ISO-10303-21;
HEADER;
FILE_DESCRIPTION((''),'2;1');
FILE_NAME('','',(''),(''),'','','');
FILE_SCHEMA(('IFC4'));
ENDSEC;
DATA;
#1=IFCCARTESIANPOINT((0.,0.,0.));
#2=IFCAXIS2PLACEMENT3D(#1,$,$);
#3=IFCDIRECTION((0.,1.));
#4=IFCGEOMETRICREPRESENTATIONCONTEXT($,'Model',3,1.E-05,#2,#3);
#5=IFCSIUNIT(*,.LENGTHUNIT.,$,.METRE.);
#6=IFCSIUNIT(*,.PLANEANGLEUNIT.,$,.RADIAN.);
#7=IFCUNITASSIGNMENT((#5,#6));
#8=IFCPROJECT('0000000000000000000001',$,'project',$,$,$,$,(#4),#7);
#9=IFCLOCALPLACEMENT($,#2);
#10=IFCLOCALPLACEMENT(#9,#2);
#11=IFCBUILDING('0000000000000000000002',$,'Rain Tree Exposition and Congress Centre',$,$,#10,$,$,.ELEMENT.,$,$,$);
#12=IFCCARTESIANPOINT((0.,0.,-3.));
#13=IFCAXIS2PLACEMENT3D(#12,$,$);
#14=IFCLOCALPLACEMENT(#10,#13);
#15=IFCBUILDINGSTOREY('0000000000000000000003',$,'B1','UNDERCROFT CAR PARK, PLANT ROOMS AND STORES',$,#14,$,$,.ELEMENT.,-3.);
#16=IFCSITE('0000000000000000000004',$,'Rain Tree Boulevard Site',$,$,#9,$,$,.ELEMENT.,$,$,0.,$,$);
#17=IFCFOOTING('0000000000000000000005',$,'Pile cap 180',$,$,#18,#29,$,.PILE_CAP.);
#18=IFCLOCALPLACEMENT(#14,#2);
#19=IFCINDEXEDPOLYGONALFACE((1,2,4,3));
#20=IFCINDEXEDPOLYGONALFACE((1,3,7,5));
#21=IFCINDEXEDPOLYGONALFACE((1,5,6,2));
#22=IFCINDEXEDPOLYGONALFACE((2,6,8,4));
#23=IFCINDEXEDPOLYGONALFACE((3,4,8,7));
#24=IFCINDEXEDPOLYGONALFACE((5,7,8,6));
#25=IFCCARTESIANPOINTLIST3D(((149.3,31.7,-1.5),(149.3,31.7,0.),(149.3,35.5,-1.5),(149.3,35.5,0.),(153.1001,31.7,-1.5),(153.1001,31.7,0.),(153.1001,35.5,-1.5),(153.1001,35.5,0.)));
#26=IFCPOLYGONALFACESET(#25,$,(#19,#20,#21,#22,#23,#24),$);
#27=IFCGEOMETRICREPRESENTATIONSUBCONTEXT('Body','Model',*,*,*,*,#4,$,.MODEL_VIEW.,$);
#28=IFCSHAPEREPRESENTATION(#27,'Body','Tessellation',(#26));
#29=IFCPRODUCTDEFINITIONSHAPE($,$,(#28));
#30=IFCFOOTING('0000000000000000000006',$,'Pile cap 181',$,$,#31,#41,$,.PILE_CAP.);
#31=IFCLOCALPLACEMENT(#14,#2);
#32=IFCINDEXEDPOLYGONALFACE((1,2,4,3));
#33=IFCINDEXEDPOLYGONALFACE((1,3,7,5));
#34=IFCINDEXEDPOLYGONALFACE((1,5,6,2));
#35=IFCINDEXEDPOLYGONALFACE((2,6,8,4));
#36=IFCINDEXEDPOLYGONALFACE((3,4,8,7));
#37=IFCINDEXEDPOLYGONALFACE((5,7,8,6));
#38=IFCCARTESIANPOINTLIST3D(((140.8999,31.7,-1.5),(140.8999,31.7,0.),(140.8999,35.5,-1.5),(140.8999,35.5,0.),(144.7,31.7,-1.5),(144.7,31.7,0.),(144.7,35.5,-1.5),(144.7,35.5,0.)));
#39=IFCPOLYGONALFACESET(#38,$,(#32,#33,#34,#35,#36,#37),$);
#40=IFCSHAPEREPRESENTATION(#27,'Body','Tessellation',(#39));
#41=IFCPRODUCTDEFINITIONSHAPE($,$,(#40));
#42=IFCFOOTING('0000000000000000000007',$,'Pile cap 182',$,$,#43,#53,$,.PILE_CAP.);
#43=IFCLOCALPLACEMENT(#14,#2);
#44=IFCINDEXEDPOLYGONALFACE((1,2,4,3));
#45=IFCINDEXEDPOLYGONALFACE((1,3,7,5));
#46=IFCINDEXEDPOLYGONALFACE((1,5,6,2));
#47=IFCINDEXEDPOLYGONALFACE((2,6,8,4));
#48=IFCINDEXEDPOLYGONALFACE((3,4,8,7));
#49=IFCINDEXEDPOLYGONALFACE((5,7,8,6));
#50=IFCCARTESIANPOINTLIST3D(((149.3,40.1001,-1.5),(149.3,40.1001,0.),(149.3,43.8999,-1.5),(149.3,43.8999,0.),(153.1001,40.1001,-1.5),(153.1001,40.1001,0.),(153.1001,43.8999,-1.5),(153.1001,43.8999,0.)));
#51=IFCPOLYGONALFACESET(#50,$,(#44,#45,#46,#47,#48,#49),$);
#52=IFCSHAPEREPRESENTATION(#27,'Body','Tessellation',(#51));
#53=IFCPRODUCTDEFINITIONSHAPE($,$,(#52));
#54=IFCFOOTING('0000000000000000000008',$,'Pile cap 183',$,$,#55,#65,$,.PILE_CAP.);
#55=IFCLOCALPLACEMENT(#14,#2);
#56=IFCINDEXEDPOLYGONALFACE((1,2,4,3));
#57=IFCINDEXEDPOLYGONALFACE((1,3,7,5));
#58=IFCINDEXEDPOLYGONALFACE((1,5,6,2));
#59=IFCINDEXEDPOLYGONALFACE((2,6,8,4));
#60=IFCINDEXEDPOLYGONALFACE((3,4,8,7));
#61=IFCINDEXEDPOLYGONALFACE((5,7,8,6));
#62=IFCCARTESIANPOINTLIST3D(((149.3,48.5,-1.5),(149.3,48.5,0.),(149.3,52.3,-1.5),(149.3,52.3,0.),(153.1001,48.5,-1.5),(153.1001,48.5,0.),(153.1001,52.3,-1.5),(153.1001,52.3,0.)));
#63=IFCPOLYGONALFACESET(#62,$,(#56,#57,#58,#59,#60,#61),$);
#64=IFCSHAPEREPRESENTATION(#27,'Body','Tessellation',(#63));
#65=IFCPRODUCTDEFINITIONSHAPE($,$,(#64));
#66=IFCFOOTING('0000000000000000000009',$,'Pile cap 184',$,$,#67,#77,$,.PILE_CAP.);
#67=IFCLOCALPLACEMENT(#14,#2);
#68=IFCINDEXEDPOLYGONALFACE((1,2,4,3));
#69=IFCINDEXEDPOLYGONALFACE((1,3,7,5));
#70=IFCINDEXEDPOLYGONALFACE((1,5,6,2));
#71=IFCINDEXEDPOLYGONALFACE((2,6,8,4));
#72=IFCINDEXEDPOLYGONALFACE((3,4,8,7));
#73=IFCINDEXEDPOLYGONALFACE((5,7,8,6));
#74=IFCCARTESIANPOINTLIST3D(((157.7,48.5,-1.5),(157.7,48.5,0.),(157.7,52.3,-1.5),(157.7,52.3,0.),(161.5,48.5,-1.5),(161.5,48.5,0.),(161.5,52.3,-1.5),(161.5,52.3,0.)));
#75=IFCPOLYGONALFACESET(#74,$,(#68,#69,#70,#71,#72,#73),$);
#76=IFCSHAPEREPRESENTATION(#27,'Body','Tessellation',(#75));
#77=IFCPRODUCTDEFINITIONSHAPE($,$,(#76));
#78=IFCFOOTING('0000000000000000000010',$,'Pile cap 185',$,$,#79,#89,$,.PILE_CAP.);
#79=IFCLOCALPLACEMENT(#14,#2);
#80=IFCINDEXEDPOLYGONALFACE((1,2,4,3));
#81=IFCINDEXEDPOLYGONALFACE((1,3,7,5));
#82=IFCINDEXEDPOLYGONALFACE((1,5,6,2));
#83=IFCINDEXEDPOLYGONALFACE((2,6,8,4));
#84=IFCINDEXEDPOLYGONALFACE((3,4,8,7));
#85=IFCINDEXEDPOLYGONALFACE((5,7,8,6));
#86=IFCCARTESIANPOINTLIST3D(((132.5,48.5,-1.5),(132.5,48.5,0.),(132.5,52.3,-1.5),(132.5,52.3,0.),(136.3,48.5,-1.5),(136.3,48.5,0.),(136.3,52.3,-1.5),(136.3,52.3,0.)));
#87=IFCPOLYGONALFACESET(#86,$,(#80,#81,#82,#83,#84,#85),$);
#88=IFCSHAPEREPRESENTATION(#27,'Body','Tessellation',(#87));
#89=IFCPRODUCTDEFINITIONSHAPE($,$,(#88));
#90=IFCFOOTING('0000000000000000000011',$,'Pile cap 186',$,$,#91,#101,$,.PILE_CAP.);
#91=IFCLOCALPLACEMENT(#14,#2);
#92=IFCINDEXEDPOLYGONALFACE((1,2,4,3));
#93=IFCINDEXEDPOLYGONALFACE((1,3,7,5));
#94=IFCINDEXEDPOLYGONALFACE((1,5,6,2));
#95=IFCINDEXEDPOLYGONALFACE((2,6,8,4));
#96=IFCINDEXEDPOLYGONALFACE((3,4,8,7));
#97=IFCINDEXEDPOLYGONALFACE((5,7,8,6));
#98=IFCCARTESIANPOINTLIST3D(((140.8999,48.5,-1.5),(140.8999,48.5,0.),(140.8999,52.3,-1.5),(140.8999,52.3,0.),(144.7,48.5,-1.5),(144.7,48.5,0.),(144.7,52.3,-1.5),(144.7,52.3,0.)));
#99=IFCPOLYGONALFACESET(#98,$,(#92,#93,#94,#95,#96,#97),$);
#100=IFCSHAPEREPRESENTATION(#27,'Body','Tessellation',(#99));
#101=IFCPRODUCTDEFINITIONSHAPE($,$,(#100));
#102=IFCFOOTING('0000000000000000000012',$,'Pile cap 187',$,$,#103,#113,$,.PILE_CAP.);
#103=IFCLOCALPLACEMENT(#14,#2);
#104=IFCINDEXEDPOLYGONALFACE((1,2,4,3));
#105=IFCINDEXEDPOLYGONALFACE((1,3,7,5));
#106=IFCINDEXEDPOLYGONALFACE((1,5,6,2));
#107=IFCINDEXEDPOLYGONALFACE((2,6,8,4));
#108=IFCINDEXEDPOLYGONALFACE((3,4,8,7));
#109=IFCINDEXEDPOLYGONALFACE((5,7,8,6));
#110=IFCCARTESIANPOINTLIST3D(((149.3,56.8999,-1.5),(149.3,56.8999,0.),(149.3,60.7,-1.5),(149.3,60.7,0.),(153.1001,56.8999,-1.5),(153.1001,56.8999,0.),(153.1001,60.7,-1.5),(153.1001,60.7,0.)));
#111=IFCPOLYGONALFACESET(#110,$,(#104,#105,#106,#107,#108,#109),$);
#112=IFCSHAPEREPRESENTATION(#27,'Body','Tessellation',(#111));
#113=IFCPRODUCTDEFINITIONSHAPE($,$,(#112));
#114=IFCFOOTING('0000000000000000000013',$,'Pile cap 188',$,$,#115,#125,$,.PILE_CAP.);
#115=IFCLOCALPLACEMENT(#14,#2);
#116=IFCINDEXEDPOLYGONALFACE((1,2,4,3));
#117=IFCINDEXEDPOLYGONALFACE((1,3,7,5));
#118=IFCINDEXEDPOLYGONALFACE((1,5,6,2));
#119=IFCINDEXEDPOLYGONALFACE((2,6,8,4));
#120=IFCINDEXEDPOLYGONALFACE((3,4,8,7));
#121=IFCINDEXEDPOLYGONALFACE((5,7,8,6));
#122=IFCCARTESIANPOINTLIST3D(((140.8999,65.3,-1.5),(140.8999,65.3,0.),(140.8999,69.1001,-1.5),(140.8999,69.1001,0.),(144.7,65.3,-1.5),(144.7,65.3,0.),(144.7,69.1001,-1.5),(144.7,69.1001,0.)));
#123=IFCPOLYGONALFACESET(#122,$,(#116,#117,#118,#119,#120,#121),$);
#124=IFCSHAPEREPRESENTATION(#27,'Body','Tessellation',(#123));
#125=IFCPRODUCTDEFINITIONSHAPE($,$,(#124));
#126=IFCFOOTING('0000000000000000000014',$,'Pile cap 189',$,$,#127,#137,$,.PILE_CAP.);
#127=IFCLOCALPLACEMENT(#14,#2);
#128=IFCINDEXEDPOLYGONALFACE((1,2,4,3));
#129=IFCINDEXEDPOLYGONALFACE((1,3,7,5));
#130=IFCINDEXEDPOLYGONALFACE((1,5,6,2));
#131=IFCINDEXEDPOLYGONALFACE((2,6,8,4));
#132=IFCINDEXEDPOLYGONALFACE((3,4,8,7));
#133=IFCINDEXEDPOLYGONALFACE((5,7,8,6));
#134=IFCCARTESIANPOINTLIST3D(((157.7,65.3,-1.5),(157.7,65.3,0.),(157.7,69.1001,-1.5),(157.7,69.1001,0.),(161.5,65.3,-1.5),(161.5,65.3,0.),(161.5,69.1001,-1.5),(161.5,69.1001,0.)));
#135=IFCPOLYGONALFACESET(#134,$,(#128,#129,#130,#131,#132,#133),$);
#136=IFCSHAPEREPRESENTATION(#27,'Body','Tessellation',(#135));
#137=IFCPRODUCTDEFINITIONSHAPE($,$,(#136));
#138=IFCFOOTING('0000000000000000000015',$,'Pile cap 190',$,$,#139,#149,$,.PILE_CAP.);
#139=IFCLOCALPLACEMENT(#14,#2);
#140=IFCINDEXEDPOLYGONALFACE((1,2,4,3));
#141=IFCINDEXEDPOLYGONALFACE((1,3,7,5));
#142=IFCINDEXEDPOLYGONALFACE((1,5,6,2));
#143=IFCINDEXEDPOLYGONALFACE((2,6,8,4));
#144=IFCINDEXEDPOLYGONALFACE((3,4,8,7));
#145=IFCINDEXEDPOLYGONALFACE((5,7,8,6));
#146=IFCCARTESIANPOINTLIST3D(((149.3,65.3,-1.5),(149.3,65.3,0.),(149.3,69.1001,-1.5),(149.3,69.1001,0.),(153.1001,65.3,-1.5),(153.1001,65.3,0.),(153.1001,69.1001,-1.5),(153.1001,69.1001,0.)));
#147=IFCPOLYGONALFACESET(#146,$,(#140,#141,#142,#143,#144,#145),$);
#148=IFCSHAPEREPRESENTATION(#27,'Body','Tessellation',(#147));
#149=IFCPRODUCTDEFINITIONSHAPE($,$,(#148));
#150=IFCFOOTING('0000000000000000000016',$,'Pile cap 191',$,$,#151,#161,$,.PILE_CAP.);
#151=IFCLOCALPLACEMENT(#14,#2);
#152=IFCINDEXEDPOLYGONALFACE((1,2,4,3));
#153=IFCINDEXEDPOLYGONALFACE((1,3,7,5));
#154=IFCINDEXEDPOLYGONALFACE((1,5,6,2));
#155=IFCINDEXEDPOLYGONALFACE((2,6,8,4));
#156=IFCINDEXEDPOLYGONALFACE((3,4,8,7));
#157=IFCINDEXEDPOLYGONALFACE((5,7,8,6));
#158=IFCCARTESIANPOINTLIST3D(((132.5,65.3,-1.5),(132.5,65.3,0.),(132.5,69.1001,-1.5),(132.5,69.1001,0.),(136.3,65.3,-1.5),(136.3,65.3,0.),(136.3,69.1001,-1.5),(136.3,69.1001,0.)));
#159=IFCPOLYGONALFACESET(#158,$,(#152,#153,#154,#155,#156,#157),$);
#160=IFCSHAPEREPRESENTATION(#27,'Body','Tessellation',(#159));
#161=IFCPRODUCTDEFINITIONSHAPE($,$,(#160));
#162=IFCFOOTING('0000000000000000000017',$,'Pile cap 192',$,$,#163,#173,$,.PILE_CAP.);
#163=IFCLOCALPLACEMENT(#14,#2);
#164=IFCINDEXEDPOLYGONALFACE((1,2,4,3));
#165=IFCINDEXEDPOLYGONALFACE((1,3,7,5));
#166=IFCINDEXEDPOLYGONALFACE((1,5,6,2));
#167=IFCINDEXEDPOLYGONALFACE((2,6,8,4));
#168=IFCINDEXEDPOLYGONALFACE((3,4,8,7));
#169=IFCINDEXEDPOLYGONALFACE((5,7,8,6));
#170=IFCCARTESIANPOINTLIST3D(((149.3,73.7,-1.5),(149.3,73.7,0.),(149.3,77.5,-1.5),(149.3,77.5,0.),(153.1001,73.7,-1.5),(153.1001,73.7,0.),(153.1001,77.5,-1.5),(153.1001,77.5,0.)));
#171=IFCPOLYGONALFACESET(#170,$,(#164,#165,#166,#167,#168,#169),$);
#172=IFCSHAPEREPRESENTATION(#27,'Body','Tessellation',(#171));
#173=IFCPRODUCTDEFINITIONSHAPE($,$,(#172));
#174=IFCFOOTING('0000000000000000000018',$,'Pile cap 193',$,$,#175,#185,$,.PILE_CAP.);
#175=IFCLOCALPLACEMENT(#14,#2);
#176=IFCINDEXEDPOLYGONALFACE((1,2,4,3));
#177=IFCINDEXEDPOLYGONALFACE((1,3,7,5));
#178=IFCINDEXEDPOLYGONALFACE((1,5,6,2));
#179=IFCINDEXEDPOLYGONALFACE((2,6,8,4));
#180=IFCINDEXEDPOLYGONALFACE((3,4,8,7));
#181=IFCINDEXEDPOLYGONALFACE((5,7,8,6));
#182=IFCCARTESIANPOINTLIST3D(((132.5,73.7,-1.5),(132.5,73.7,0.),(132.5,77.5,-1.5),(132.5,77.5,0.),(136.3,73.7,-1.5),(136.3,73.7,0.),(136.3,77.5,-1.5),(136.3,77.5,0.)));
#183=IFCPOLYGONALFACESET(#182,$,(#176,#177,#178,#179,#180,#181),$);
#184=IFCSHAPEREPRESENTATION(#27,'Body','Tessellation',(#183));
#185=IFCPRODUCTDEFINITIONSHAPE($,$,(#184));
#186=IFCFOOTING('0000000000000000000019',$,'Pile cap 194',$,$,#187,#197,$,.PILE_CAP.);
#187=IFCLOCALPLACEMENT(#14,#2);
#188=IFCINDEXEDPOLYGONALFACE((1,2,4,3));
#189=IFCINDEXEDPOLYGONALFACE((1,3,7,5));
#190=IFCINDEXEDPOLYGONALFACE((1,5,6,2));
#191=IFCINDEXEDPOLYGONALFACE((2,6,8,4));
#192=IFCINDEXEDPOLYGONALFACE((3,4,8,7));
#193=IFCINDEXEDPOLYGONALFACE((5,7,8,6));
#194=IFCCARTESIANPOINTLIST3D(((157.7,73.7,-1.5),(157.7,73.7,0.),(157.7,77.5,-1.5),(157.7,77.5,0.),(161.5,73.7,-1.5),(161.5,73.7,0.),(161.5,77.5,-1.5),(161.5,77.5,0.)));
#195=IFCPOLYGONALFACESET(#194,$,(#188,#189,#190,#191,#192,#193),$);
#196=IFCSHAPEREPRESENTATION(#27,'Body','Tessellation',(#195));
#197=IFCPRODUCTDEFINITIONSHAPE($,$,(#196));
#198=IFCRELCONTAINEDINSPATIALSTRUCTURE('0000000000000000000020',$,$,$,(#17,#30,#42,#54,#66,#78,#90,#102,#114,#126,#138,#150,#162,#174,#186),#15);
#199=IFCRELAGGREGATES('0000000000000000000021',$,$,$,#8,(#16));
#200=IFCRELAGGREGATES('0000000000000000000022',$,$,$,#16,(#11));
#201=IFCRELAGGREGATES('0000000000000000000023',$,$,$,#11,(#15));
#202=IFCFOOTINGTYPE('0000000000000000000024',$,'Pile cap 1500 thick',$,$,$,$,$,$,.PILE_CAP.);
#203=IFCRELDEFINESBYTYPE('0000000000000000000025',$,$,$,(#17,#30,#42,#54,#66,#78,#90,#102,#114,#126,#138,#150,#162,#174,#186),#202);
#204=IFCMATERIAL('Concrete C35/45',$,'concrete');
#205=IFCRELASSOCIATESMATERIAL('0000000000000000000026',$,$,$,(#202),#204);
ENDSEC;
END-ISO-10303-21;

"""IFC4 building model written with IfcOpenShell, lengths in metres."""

from ifc_helpers import new_model, si_unit, direction, frame, origin, place, context, subcontext, project, spatial, polyline, outline, extrude, material, type_object, element, save


model = new_model("IFC4")

# Units and contexts
model_context = context("Model", 3, precision=1e-05, world=origin(), true_north=direction((0.0, 1.0)))
body_context = subcontext(model_context, "Body", "Model", "MODEL_VIEW")
ifc_project = project(units=[si_unit("LENGTHUNIT", "METRE"), si_unit("PLANEANGLEUNIT", "RADIAN")], contexts=[model_context])

# Site, building, storey
site_placement = place(None, origin())
site = spatial("IfcSite", under=ifc_project, at=site_placement, Name="Rain Tree Boulevard Site", CompositionType="ELEMENT", RefElevation=0.0)
building_placement = place(site_placement, origin())
building = spatial("IfcBuilding", under=site, at=building_placement, Name="Rain Tree Exposition and Congress Centre", CompositionType="ELEMENT")
storey_placement = place(building_placement, frame((0.0, 0.0, -3.0)))
storey = spatial("IfcBuildingStorey", under=building, at=storey_placement, Name="B1", Description="UNDERCROFT CAR PARK, PLANT ROOMS AND STORES", CompositionType="ELEMENT", Elevation=-3.0)

# Footings
ifc_material_1 = material(Name="Concrete C35/45", Category="concrete")
footing_type_1 = type_object("IfcFootingType", Name="Pile cap 1500 thick", PredefinedType="PILE_CAP", material=ifc_material_1)
footing_1_placement = place(storey_placement, frame((0.0, 0.0, -1.5)))
element("IfcFooting", 1, at=footing_1_placement, inside=storey, type_object=footing_type_1, Name="Pile cap 180", PredefinedType="PILE_CAP", context=body_context, shape_type="SweptSolid", body=[
    extrude(outline(polyline([(153.1001, 31.7), (153.1001, 35.5), (149.3, 35.5), (149.3, 31.7), (153.1001, 31.7)])), origin(), (0.0, 0.0, 1.0), 1.5),
])
footing_2_placement = place(storey_placement, frame((0.0, 0.0, -1.5)))
element("IfcFooting", 2, at=footing_2_placement, inside=storey, type_object=footing_type_1, Name="Pile cap 181", PredefinedType="PILE_CAP", context=body_context, shape_type="SweptSolid", body=[
    extrude(outline(polyline([(144.7, 31.7), (144.7, 35.5), (140.8999, 35.5), (140.8999, 31.7), (144.7, 31.7)])), origin(), (0.0, 0.0, 1.0), 1.5),
])
footing_3_placement = place(storey_placement, frame((0.0, 0.0, -1.5)))
element("IfcFooting", 3, at=footing_3_placement, inside=storey, type_object=footing_type_1, Name="Pile cap 182", PredefinedType="PILE_CAP", context=body_context, shape_type="SweptSolid", body=[
    extrude(outline(polyline([(153.1001, 40.1001), (153.1001, 43.8999), (149.3, 43.8999), (149.3, 40.1001), (153.1001, 40.1001)])), origin(), (0.0, 0.0, 1.0), 1.5),
])
footing_4_placement = place(storey_placement, frame((0.0, 0.0, -1.5)))
element("IfcFooting", 4, at=footing_4_placement, inside=storey, type_object=footing_type_1, Name="Pile cap 183", PredefinedType="PILE_CAP", context=body_context, shape_type="SweptSolid", body=[
    extrude(outline(polyline([(153.1001, 48.5), (153.1001, 52.3), (149.3, 52.3), (149.3, 48.5), (153.1001, 48.5)])), origin(), (0.0, 0.0, 1.0), 1.5),
])
footing_5_placement = place(storey_placement, frame((0.0, 0.0, -1.5)))
element("IfcFooting", 5, at=footing_5_placement, inside=storey, type_object=footing_type_1, Name="Pile cap 184", PredefinedType="PILE_CAP", context=body_context, shape_type="SweptSolid", body=[
    extrude(outline(polyline([(161.5, 48.5), (161.5, 52.3), (157.7, 52.3), (157.7, 48.5), (161.5, 48.5)])), origin(), (0.0, 0.0, 1.0), 1.5),
])
footing_6_placement = place(storey_placement, frame((0.0, 0.0, -1.5)))
element("IfcFooting", 6, at=footing_6_placement, inside=storey, type_object=footing_type_1, Name="Pile cap 185", PredefinedType="PILE_CAP", context=body_context, shape_type="SweptSolid", body=[
    extrude(outline(polyline([(136.3, 48.5), (136.3, 52.3), (132.5, 52.3), (132.5, 48.5), (136.3, 48.5)])), origin(), (0.0, 0.0, 1.0), 1.5),
])
footing_7_placement = place(storey_placement, frame((0.0, 0.0, -1.5)))
element("IfcFooting", 7, at=footing_7_placement, inside=storey, type_object=footing_type_1, Name="Pile cap 186", PredefinedType="PILE_CAP", context=body_context, shape_type="SweptSolid", body=[
    extrude(outline(polyline([(144.7, 48.5), (144.7, 52.3), (140.8999, 52.3), (140.8999, 48.5), (144.7, 48.5)])), origin(), (0.0, 0.0, 1.0), 1.5),
])
footing_8_placement = place(storey_placement, frame((0.0, 0.0, -1.5)))
element("IfcFooting", 8, at=footing_8_placement, inside=storey, type_object=footing_type_1, Name="Pile cap 187", PredefinedType="PILE_CAP", context=body_context, shape_type="SweptSolid", body=[
    extrude(outline(polyline([(153.1001, 56.8999), (153.1001, 60.7), (149.3, 60.7), (149.3, 56.8999), (153.1001, 56.8999)])), origin(), (0.0, 0.0, 1.0), 1.5),
])
footing_9_placement = place(storey_placement, frame((0.0, 0.0, -1.5)))
element("IfcFooting", 9, at=footing_9_placement, inside=storey, type_object=footing_type_1, Name="Pile cap 188", PredefinedType="PILE_CAP", context=body_context, shape_type="SweptSolid", body=[
    extrude(outline(polyline([(144.7, 65.3), (144.7, 69.1001), (140.8999, 69.1001), (140.8999, 65.3), (144.7, 65.3)])), origin(), (0.0, 0.0, 1.0), 1.5),
])
footing_10_placement = place(storey_placement, frame((0.0, 0.0, -1.5)))
element("IfcFooting", 10, at=footing_10_placement, inside=storey, type_object=footing_type_1, Name="Pile cap 189", PredefinedType="PILE_CAP", context=body_context, shape_type="SweptSolid", body=[
    extrude(outline(polyline([(161.5, 65.3), (161.5, 69.1001), (157.7, 69.1001), (157.7, 65.3), (161.5, 65.3)])), origin(), (0.0, 0.0, 1.0), 1.5),
])
footing_11_placement = place(storey_placement, frame((0.0, 0.0, -1.5)))
element("IfcFooting", 11, at=footing_11_placement, inside=storey, type_object=footing_type_1, Name="Pile cap 190", PredefinedType="PILE_CAP", context=body_context, shape_type="SweptSolid", body=[
    extrude(outline(polyline([(153.1001, 65.3), (153.1001, 69.1001), (149.3, 69.1001), (149.3, 65.3), (153.1001, 65.3)])), origin(), (0.0, 0.0, 1.0), 1.5),
])
footing_12_placement = place(storey_placement, frame((0.0, 0.0, -1.5)))
element("IfcFooting", 12, at=footing_12_placement, inside=storey, type_object=footing_type_1, Name="Pile cap 191", PredefinedType="PILE_CAP", context=body_context, shape_type="SweptSolid", body=[
    extrude(outline(polyline([(136.3, 65.3), (136.3, 69.1001), (132.5, 69.1001), (132.5, 65.3), (136.3, 65.3)])), origin(), (0.0, 0.0, 1.0), 1.5),
])
footing_13_placement = place(storey_placement, frame((0.0, 0.0, -1.5)))
element("IfcFooting", 13, at=footing_13_placement, inside=storey, type_object=footing_type_1, Name="Pile cap 192", PredefinedType="PILE_CAP", context=body_context, shape_type="SweptSolid", body=[
    extrude(outline(polyline([(153.1001, 73.7), (153.1001, 77.5), (149.3, 77.5), (149.3, 73.7), (153.1001, 73.7)])), origin(), (0.0, 0.0, 1.0), 1.5),
])
footing_14_placement = place(storey_placement, frame((0.0, 0.0, -1.5)))
element("IfcFooting", 14, at=footing_14_placement, inside=storey, type_object=footing_type_1, Name="Pile cap 193", PredefinedType="PILE_CAP", context=body_context, shape_type="SweptSolid", body=[
    extrude(outline(polyline([(136.3, 73.7), (136.3, 77.5), (132.5, 77.5), (132.5, 73.7), (136.3, 73.7)])), origin(), (0.0, 0.0, 1.0), 1.5),
])
footing_15_placement = place(storey_placement, frame((0.0, 0.0, -1.5)))
element("IfcFooting", 15, at=footing_15_placement, inside=storey, type_object=footing_type_1, Name="Pile cap 194", PredefinedType="PILE_CAP", context=body_context, shape_type="SweptSolid", body=[
    extrude(outline(polyline([(161.5, 73.7), (161.5, 77.5), (157.7, 77.5), (157.7, 73.7), (161.5, 73.7)])), origin(), (0.0, 0.0, 1.0), 1.5),
])

save(model, "model.ifc")
